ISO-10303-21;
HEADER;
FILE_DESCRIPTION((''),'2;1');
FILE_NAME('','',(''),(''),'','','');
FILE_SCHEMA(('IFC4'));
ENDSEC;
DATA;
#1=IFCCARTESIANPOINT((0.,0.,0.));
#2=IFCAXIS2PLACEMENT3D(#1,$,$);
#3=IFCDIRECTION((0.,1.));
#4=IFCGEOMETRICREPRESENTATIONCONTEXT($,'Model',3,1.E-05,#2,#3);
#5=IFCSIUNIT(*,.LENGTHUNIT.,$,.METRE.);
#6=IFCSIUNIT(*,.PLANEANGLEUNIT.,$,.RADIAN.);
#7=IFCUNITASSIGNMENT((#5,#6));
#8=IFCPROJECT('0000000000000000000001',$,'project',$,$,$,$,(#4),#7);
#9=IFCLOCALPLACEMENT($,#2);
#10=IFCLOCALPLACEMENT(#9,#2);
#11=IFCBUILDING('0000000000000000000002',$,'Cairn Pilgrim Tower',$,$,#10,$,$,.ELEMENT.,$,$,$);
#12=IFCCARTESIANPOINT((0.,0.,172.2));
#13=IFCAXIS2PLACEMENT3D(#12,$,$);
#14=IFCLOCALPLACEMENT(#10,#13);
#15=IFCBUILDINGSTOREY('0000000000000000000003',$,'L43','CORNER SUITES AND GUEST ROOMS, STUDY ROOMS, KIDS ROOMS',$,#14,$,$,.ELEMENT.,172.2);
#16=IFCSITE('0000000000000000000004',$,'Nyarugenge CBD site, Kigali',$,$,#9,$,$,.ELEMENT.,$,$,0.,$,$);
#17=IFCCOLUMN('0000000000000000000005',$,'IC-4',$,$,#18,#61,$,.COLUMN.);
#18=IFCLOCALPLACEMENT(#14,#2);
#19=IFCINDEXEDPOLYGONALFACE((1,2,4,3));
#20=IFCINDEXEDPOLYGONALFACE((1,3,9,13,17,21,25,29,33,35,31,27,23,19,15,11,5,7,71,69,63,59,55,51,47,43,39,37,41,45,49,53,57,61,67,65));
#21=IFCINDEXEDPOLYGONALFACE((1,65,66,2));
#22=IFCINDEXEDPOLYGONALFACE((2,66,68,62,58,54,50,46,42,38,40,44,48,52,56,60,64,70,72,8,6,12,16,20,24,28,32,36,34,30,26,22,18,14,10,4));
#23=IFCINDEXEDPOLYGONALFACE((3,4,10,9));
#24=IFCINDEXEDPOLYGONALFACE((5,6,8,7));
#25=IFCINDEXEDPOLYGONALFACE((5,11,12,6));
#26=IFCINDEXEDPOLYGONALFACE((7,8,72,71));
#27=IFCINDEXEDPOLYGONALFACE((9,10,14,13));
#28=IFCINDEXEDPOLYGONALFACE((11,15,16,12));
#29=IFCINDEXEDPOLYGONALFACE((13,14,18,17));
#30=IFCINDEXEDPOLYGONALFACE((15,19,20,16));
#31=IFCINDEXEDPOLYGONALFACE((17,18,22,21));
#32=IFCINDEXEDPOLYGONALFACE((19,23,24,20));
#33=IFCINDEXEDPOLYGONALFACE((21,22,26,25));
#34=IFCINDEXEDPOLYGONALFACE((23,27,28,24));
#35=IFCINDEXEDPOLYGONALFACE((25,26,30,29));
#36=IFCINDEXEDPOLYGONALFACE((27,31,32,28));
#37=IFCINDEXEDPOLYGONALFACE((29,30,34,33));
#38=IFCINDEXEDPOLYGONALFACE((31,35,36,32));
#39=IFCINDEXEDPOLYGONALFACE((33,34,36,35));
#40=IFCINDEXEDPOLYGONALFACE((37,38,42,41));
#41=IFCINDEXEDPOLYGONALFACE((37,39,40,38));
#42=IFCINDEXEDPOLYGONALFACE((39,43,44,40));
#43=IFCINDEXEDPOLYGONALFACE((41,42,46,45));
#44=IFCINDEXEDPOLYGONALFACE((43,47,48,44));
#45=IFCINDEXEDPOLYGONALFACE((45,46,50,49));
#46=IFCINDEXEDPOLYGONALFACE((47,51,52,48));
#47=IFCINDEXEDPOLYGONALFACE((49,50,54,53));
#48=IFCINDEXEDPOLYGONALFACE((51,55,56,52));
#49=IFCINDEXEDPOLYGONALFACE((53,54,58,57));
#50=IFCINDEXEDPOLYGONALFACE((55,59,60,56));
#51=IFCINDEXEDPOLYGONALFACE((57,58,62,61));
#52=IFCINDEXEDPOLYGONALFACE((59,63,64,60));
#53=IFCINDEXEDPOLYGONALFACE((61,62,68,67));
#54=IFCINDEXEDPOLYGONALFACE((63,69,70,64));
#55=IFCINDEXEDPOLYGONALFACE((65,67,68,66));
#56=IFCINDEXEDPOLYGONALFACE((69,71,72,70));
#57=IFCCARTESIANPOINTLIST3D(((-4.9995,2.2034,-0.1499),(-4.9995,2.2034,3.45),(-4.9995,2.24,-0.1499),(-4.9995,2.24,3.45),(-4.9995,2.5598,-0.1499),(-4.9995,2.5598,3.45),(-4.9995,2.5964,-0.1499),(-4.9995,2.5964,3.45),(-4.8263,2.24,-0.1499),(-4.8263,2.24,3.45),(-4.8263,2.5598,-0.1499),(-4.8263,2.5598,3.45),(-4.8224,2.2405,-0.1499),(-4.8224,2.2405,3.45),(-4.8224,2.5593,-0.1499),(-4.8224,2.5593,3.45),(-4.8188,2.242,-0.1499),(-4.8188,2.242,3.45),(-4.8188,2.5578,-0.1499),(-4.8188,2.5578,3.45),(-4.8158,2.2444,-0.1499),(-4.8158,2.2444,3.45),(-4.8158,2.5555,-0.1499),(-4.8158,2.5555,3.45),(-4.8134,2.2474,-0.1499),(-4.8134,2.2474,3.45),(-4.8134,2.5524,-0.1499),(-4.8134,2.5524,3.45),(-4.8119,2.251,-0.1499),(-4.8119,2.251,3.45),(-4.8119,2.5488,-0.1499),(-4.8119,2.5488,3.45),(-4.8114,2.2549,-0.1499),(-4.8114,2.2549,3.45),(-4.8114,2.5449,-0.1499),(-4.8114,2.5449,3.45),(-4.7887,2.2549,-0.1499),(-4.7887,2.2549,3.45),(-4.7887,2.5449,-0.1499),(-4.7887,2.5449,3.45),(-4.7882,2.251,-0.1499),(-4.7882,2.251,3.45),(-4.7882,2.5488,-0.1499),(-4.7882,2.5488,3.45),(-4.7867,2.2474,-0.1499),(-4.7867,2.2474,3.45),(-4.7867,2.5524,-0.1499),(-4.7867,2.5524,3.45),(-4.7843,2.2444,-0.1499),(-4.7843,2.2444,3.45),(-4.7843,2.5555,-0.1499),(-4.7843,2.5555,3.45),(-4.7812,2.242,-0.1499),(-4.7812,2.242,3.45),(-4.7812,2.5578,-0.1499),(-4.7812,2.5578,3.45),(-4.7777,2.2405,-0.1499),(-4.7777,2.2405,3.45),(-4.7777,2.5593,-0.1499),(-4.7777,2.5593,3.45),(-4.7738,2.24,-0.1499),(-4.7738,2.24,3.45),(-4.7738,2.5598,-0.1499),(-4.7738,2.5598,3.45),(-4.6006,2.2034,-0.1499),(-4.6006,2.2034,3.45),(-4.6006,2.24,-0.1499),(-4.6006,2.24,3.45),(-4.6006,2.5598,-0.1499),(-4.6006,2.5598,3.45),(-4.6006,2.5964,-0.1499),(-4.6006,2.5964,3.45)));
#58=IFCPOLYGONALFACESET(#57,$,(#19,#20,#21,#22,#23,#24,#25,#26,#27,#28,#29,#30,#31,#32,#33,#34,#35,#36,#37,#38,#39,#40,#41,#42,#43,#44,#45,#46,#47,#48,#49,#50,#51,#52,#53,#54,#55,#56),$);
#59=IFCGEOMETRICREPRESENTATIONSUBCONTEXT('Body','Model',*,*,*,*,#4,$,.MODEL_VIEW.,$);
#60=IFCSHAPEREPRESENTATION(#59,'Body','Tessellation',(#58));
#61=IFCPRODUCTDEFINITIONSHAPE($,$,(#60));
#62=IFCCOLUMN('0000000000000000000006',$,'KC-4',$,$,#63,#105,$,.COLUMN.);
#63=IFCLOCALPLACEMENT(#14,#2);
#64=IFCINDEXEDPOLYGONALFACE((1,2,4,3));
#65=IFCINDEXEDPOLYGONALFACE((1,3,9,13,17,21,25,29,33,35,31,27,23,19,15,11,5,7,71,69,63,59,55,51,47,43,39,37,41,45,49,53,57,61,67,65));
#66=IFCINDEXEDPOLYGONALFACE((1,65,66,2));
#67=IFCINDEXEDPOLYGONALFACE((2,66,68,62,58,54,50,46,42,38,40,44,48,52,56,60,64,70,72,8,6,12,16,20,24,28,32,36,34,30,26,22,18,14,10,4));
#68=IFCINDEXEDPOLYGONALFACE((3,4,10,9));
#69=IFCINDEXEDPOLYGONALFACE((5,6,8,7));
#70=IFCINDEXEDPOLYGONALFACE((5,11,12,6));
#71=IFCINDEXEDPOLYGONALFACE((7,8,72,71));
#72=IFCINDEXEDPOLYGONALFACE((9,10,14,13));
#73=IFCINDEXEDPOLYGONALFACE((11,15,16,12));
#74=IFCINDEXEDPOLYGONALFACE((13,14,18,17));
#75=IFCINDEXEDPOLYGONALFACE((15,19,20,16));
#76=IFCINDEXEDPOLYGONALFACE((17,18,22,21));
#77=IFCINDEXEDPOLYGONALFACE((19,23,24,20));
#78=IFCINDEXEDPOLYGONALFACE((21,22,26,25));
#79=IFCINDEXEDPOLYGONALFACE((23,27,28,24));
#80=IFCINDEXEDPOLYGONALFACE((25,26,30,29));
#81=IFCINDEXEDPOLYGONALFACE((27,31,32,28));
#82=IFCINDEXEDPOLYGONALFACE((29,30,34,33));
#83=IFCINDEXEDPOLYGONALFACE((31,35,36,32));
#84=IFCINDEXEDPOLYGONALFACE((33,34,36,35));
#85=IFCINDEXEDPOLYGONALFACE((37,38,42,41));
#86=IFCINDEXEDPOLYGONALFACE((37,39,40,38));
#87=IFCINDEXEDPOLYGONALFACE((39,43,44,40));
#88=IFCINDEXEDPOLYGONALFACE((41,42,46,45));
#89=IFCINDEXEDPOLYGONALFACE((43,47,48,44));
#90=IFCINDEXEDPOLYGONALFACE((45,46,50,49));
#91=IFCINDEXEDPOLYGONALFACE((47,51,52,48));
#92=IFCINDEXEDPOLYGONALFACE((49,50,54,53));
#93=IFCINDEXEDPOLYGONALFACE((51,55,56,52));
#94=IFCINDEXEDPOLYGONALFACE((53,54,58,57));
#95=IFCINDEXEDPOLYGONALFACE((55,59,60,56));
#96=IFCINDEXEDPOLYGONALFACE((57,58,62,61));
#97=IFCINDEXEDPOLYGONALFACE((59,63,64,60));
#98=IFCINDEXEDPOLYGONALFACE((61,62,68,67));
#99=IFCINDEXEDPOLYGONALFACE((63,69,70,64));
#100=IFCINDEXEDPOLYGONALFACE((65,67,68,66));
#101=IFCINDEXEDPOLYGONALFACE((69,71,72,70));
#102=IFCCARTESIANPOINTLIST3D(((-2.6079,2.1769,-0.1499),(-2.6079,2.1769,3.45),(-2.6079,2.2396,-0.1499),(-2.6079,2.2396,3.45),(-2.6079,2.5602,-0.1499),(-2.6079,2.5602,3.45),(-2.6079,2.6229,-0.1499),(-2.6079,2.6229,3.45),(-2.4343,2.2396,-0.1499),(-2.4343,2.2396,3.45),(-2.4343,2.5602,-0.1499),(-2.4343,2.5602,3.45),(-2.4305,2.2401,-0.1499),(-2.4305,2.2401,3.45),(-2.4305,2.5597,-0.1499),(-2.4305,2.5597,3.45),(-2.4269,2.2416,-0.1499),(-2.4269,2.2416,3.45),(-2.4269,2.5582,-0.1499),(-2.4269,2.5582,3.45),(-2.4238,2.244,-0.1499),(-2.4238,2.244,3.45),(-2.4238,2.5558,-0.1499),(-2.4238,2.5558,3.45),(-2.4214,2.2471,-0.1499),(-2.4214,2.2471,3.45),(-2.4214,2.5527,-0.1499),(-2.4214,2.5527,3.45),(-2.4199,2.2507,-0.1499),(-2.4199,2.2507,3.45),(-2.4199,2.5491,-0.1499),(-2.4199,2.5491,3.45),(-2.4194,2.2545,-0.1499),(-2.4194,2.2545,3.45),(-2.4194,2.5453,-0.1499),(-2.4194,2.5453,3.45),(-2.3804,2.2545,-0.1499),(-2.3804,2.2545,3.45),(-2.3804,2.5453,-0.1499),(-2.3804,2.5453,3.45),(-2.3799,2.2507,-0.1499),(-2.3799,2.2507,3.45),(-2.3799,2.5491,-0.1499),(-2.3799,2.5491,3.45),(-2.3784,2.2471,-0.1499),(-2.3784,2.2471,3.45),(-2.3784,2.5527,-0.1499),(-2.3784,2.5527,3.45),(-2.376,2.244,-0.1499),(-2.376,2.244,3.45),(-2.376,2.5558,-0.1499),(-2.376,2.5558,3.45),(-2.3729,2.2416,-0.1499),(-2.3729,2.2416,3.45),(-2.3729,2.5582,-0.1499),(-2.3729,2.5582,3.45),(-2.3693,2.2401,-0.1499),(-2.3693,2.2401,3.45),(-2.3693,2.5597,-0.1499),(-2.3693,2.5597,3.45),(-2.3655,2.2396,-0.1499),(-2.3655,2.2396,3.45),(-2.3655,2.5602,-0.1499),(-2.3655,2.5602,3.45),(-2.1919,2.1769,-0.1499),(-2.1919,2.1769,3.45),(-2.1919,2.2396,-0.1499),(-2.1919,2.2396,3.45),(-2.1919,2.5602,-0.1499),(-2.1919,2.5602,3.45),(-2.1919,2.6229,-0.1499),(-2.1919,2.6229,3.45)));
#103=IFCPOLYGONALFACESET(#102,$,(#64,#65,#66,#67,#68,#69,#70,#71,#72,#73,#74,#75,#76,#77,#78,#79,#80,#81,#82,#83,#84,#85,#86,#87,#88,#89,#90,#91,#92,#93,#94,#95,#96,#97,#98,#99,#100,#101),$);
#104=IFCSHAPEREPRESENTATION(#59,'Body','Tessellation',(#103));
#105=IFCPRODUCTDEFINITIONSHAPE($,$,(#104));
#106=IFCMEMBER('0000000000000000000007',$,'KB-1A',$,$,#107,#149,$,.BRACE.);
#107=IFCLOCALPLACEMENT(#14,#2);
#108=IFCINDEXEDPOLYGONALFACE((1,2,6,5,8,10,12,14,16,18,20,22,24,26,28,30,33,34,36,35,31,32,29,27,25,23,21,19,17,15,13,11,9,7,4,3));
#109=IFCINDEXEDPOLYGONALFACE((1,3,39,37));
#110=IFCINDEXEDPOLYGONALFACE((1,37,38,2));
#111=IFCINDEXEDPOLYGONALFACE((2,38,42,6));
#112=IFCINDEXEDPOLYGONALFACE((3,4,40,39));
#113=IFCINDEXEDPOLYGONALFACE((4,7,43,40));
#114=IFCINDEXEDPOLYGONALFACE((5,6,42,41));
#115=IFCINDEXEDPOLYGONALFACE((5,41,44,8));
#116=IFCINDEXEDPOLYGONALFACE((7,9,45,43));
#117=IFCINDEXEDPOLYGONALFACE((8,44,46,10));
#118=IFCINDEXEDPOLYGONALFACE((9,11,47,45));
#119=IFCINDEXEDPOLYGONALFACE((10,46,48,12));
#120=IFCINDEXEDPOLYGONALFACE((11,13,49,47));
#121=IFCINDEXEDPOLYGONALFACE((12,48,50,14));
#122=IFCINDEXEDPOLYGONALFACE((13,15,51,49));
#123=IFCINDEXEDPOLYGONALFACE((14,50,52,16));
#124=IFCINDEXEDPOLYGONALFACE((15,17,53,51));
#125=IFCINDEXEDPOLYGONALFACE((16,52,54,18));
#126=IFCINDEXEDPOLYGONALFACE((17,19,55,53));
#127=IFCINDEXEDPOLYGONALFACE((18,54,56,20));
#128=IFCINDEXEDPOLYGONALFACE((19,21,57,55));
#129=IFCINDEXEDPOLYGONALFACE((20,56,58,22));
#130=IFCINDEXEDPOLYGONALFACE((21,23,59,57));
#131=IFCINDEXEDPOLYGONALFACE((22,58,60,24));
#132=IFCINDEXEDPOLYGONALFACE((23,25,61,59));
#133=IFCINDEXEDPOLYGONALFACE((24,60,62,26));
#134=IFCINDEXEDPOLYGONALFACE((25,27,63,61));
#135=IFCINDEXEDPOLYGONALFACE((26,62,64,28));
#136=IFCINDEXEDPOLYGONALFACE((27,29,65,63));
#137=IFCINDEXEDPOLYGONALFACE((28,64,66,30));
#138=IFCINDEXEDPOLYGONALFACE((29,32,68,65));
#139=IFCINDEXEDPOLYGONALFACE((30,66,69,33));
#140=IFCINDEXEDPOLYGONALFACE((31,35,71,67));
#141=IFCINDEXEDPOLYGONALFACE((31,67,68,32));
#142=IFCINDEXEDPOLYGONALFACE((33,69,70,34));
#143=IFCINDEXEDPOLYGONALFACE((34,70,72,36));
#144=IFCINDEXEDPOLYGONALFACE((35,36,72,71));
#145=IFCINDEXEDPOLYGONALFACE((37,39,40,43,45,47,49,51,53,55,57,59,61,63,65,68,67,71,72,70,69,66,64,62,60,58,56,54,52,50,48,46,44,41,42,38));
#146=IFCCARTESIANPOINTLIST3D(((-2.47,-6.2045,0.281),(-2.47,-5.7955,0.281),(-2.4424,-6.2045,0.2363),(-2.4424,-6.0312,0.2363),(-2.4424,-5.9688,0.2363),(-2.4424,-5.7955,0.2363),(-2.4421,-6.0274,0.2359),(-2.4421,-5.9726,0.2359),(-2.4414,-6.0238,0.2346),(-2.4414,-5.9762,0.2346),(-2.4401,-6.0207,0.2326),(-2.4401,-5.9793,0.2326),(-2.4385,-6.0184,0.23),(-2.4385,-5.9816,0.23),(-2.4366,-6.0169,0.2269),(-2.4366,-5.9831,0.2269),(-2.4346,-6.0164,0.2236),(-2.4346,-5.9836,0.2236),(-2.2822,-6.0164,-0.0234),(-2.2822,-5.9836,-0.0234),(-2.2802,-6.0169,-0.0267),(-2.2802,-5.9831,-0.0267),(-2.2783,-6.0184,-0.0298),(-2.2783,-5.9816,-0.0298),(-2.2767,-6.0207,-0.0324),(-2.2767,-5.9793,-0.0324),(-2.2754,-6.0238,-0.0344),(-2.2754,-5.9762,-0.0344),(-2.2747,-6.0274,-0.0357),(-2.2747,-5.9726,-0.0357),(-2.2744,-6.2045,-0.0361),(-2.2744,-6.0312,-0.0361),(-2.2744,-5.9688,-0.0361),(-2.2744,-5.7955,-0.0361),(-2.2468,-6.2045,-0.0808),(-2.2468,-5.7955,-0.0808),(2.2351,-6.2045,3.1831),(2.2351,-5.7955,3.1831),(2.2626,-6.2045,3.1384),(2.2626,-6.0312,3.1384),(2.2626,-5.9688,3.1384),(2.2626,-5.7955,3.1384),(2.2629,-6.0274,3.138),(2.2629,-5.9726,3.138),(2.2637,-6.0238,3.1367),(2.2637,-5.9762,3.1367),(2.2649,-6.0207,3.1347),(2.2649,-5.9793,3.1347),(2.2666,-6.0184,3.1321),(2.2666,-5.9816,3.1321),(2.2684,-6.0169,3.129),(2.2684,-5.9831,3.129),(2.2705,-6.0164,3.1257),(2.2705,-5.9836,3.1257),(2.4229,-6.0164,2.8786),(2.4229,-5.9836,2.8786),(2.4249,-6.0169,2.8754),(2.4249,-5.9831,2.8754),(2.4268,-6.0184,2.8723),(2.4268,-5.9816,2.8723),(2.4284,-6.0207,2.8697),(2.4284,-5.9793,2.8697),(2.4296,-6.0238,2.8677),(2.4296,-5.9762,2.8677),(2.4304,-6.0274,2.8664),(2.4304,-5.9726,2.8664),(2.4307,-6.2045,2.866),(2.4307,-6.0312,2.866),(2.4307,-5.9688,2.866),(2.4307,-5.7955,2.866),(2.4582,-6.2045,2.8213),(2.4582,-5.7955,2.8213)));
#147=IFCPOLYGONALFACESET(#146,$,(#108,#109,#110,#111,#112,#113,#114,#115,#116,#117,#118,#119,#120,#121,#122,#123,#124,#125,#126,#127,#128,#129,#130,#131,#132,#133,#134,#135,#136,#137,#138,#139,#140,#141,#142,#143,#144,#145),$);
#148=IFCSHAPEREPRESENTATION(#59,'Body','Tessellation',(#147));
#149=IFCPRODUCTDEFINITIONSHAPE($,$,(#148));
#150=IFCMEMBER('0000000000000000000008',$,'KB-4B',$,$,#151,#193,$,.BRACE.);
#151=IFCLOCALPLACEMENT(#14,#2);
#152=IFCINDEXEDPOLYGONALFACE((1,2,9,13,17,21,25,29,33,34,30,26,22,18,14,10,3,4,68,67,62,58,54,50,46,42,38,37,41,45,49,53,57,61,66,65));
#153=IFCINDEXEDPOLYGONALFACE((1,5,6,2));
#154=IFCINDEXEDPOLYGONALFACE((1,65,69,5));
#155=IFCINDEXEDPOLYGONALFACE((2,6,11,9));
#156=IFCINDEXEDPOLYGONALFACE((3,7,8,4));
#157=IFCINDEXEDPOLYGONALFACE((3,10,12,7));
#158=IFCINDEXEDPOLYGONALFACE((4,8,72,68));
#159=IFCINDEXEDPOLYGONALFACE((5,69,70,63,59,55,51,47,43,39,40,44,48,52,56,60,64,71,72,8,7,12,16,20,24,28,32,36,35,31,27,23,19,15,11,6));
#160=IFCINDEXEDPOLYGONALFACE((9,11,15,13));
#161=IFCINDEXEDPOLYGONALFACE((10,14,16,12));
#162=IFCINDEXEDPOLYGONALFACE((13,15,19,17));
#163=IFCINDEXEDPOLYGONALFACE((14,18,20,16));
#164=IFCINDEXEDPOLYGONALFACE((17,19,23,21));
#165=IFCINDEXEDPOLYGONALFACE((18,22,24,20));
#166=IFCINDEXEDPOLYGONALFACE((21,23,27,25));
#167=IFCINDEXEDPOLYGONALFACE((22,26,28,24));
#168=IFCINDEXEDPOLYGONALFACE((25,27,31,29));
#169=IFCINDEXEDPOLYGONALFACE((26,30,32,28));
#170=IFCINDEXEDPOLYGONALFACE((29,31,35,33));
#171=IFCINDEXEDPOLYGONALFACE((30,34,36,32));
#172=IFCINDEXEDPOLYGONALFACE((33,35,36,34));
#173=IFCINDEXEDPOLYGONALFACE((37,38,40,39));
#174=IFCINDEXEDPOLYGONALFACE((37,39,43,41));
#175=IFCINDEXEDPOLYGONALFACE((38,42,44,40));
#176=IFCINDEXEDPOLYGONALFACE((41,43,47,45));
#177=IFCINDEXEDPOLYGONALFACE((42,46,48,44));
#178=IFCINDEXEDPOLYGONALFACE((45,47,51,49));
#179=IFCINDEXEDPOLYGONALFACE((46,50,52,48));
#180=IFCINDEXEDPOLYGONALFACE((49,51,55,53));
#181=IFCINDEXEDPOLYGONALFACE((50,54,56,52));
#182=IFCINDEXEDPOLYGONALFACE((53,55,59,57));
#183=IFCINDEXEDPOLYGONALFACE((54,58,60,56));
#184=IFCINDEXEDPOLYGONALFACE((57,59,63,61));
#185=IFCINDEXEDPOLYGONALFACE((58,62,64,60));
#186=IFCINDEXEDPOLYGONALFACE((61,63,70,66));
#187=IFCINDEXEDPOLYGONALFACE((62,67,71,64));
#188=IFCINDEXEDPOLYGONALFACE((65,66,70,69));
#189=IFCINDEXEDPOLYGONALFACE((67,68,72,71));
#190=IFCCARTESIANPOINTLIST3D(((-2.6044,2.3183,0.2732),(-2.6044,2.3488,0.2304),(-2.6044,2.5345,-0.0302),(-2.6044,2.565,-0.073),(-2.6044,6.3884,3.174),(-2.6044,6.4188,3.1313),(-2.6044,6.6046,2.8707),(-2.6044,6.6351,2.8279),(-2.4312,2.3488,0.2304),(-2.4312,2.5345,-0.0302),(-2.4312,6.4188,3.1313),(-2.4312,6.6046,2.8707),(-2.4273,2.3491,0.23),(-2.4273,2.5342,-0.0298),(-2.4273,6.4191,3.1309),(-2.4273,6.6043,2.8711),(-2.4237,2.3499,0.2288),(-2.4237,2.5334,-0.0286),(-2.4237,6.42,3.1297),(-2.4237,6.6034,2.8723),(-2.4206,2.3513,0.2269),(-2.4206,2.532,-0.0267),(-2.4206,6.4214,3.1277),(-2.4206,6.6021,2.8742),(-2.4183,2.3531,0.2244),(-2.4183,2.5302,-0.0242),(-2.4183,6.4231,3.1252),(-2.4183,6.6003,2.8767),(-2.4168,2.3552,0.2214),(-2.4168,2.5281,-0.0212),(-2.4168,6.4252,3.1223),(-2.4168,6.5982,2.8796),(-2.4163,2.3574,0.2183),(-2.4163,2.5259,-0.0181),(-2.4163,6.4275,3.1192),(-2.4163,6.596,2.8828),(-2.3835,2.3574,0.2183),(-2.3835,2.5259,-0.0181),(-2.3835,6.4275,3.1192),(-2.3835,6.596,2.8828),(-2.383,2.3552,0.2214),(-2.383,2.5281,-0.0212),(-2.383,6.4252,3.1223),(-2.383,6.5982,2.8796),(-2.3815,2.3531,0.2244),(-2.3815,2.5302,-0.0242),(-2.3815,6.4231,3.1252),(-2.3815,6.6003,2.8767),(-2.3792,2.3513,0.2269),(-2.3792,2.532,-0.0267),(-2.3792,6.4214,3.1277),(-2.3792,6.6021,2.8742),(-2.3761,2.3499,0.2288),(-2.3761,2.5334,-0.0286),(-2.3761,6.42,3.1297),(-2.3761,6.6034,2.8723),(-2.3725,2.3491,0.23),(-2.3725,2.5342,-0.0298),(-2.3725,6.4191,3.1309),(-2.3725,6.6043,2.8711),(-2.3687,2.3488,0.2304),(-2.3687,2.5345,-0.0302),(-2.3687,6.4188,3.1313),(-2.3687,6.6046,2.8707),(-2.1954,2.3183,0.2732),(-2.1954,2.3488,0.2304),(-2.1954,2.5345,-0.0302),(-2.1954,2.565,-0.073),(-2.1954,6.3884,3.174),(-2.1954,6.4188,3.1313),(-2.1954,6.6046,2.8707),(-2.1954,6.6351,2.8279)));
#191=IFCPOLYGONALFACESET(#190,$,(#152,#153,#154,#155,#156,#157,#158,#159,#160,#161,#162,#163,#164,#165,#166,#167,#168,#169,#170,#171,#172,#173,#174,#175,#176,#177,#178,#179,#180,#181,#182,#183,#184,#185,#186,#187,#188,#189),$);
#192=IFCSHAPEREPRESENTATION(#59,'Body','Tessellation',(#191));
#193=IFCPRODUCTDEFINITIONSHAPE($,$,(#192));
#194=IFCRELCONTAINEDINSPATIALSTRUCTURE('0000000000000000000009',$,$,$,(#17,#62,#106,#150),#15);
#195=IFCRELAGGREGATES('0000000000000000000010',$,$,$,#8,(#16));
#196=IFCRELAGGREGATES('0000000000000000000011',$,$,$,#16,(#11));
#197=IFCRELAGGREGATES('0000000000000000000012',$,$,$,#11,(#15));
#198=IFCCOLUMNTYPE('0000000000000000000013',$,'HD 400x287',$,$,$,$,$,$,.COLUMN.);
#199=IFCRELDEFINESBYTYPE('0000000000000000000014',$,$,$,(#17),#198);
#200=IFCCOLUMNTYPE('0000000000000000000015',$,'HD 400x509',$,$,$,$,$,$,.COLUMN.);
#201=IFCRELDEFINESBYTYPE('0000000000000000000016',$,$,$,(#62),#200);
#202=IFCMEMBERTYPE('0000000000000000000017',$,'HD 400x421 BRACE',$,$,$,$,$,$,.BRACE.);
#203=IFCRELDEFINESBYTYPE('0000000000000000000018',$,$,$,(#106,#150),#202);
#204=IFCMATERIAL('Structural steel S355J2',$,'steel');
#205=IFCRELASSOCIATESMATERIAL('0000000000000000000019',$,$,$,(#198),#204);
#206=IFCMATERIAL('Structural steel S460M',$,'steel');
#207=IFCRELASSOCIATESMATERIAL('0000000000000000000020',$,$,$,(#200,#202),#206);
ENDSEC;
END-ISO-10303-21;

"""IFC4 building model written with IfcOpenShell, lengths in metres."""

from ifc_helpers import new_model, si_unit, direction, frame, origin, origin_2d, place, context, subcontext, project, spatial, i_section, extrude, material, material_profile, profile_set, type_object, element, save


model = new_model("IFC4")

# Units and contexts
model_context = context("Model", 3, precision=1e-05, world=origin(), true_north=direction((0.0, 1.0)))
body_context = subcontext(model_context, "Body", "Model", "MODEL_VIEW")
ifc_project = project(units=[si_unit("LENGTHUNIT", "METRE"), si_unit("PLANEANGLEUNIT", "RADIAN")], contexts=[model_context])

# Site, building, storey
site_placement = place(None, origin())
site = spatial("IfcSite", under=ifc_project, at=site_placement, Name="Nyarugenge CBD site, Kigali", CompositionType="ELEMENT", RefElevation=0.0)
building_placement = place(site_placement, origin())
building = spatial("IfcBuilding", under=site, at=building_placement, Name="Cairn Pilgrim Tower", CompositionType="ELEMENT")
storey_placement = place(building_placement, frame((0.0, 0.0, 172.2)))
storey = spatial("IfcBuildingStorey", under=building, at=storey_placement, Name="L43", Description="CORNER SUITES AND GUEST ROOMS, STUDY ROOMS, KIDS ROOMS", CompositionType="ELEMENT", Elevation=172.2)

# Columns
ifc_material_1 = material(Name="Structural steel S355J2", Category="steel")
ifc_material_profile_1 = material_profile(ifc_material_1, i_section(OverallWidth=0.3989, OverallDepth=0.3931, WebThickness=0.0227, FlangeThickness=0.0366, FilletRadius=0.0149, at=origin_2d()), Name="HD 400x287")
ifc_profile_set_1 = profile_set([ifc_material_profile_1], Name="Structural steel S355J2")
column_type_1 = type_object("IfcColumnType", Name="HD 400x287", PredefinedType="COLUMN", material=ifc_profile_set_1)
column_1_placement = place(storey_placement, frame((-4.8, 2.3999, -0.1499), z_axis=(0.0, 0.0, 1.0), x_axis=(1.0, 0.0, 0.0)))
element("IfcColumn", 1, at=column_1_placement, inside=storey, type_object=column_type_1, Name="IC-4", PredefinedType="COLUMN", context=body_context, shape_type="SweptSolid", body=[
    extrude(i_section(OverallWidth=0.3989, OverallDepth=0.3931, WebThickness=0.0227, FlangeThickness=0.0366, FilletRadius=0.0149, at=origin_2d()), origin(), (0.0, 0.0, 1.0), 3.5999),
])
ifc_material_2 = material(Name="Structural steel S460M", Category="steel")
ifc_material_profile_2 = material_profile(ifc_material_2, i_section(OverallWidth=0.416, OverallDepth=0.446, WebThickness=0.0391, FlangeThickness=0.0627, FilletRadius=0.0149, at=origin_2d()), Name="HD 400x509")
ifc_profile_set_2 = profile_set([ifc_material_profile_2], Name="Structural steel S460M")
column_type_2 = type_object("IfcColumnType", Name="HD 400x509", PredefinedType="COLUMN", material=ifc_profile_set_2)
column_2_placement = place(storey_placement, frame((-2.3999, 2.3999, -0.1499), z_axis=(0.0, 0.0, 1.0), x_axis=(1.0, 0.0, 0.0)))
element("IfcColumn", 2, at=column_2_placement, inside=storey, type_object=column_type_2, Name="KC-4", PredefinedType="COLUMN", context=body_context, shape_type="SweptSolid", body=[
    extrude(i_section(OverallWidth=0.416, OverallDepth=0.446, WebThickness=0.0391, FlangeThickness=0.0627, FilletRadius=0.0149, at=origin_2d()), origin(), (0.0, 0.0, 1.0), 3.5999),
])

# Members
ifc_material_profile_3 = material_profile(ifc_material_2, i_section(OverallWidth=0.4089, OverallDepth=0.425, WebThickness=0.0327, FlangeThickness=0.0525, FilletRadius=0.0149, at=origin_2d()), Name="HD 400x421")
ifc_profile_set_3 = profile_set([ifc_material_profile_3], Name="Structural steel S460M")
member_type = type_object("IfcMemberType", Name="HD 400x421 BRACE", PredefinedType="BRACE", material=ifc_profile_set_3)
member_1_placement = place(storey_placement, frame((-2.3584, -6.0, 0.1001), z_axis=(0.85112, 0.0, 0.524972), x_axis=(0.0, 1.0, 0.0)))
element("IfcMember", 3, at=member_1_placement, inside=storey, type_object=member_type, Name="KB-1A", PredefinedType="BRACE", context=body_context, shape_type="SweptSolid", body=[
    extrude(i_section(OverallWidth=0.4089, OverallDepth=0.425, WebThickness=0.0327, FlangeThickness=0.0525, FilletRadius=0.0149, at=origin_2d()), origin(), (0.0, 0.0, 1.0), 5.5281),
])
member_2_placement = place(storey_placement, frame((-2.3999, 2.4417, 0.1001), z_axis=(0.0, 0.81433, 0.580402), x_axis=(-1.0, 0.0, 0.0)))
element("IfcMember", 4, at=member_2_placement, inside=storey, type_object=member_type, Name="KB-4B", PredefinedType="BRACE", context=body_context, shape_type="SweptSolid", body=[
    extrude(i_section(OverallWidth=0.4089, OverallDepth=0.425, WebThickness=0.0327, FlangeThickness=0.0525, FilletRadius=0.0149, at=origin_2d()), origin(), (0.0, 0.0, 1.0), 4.998),
])

save(model, "model.ifc")
